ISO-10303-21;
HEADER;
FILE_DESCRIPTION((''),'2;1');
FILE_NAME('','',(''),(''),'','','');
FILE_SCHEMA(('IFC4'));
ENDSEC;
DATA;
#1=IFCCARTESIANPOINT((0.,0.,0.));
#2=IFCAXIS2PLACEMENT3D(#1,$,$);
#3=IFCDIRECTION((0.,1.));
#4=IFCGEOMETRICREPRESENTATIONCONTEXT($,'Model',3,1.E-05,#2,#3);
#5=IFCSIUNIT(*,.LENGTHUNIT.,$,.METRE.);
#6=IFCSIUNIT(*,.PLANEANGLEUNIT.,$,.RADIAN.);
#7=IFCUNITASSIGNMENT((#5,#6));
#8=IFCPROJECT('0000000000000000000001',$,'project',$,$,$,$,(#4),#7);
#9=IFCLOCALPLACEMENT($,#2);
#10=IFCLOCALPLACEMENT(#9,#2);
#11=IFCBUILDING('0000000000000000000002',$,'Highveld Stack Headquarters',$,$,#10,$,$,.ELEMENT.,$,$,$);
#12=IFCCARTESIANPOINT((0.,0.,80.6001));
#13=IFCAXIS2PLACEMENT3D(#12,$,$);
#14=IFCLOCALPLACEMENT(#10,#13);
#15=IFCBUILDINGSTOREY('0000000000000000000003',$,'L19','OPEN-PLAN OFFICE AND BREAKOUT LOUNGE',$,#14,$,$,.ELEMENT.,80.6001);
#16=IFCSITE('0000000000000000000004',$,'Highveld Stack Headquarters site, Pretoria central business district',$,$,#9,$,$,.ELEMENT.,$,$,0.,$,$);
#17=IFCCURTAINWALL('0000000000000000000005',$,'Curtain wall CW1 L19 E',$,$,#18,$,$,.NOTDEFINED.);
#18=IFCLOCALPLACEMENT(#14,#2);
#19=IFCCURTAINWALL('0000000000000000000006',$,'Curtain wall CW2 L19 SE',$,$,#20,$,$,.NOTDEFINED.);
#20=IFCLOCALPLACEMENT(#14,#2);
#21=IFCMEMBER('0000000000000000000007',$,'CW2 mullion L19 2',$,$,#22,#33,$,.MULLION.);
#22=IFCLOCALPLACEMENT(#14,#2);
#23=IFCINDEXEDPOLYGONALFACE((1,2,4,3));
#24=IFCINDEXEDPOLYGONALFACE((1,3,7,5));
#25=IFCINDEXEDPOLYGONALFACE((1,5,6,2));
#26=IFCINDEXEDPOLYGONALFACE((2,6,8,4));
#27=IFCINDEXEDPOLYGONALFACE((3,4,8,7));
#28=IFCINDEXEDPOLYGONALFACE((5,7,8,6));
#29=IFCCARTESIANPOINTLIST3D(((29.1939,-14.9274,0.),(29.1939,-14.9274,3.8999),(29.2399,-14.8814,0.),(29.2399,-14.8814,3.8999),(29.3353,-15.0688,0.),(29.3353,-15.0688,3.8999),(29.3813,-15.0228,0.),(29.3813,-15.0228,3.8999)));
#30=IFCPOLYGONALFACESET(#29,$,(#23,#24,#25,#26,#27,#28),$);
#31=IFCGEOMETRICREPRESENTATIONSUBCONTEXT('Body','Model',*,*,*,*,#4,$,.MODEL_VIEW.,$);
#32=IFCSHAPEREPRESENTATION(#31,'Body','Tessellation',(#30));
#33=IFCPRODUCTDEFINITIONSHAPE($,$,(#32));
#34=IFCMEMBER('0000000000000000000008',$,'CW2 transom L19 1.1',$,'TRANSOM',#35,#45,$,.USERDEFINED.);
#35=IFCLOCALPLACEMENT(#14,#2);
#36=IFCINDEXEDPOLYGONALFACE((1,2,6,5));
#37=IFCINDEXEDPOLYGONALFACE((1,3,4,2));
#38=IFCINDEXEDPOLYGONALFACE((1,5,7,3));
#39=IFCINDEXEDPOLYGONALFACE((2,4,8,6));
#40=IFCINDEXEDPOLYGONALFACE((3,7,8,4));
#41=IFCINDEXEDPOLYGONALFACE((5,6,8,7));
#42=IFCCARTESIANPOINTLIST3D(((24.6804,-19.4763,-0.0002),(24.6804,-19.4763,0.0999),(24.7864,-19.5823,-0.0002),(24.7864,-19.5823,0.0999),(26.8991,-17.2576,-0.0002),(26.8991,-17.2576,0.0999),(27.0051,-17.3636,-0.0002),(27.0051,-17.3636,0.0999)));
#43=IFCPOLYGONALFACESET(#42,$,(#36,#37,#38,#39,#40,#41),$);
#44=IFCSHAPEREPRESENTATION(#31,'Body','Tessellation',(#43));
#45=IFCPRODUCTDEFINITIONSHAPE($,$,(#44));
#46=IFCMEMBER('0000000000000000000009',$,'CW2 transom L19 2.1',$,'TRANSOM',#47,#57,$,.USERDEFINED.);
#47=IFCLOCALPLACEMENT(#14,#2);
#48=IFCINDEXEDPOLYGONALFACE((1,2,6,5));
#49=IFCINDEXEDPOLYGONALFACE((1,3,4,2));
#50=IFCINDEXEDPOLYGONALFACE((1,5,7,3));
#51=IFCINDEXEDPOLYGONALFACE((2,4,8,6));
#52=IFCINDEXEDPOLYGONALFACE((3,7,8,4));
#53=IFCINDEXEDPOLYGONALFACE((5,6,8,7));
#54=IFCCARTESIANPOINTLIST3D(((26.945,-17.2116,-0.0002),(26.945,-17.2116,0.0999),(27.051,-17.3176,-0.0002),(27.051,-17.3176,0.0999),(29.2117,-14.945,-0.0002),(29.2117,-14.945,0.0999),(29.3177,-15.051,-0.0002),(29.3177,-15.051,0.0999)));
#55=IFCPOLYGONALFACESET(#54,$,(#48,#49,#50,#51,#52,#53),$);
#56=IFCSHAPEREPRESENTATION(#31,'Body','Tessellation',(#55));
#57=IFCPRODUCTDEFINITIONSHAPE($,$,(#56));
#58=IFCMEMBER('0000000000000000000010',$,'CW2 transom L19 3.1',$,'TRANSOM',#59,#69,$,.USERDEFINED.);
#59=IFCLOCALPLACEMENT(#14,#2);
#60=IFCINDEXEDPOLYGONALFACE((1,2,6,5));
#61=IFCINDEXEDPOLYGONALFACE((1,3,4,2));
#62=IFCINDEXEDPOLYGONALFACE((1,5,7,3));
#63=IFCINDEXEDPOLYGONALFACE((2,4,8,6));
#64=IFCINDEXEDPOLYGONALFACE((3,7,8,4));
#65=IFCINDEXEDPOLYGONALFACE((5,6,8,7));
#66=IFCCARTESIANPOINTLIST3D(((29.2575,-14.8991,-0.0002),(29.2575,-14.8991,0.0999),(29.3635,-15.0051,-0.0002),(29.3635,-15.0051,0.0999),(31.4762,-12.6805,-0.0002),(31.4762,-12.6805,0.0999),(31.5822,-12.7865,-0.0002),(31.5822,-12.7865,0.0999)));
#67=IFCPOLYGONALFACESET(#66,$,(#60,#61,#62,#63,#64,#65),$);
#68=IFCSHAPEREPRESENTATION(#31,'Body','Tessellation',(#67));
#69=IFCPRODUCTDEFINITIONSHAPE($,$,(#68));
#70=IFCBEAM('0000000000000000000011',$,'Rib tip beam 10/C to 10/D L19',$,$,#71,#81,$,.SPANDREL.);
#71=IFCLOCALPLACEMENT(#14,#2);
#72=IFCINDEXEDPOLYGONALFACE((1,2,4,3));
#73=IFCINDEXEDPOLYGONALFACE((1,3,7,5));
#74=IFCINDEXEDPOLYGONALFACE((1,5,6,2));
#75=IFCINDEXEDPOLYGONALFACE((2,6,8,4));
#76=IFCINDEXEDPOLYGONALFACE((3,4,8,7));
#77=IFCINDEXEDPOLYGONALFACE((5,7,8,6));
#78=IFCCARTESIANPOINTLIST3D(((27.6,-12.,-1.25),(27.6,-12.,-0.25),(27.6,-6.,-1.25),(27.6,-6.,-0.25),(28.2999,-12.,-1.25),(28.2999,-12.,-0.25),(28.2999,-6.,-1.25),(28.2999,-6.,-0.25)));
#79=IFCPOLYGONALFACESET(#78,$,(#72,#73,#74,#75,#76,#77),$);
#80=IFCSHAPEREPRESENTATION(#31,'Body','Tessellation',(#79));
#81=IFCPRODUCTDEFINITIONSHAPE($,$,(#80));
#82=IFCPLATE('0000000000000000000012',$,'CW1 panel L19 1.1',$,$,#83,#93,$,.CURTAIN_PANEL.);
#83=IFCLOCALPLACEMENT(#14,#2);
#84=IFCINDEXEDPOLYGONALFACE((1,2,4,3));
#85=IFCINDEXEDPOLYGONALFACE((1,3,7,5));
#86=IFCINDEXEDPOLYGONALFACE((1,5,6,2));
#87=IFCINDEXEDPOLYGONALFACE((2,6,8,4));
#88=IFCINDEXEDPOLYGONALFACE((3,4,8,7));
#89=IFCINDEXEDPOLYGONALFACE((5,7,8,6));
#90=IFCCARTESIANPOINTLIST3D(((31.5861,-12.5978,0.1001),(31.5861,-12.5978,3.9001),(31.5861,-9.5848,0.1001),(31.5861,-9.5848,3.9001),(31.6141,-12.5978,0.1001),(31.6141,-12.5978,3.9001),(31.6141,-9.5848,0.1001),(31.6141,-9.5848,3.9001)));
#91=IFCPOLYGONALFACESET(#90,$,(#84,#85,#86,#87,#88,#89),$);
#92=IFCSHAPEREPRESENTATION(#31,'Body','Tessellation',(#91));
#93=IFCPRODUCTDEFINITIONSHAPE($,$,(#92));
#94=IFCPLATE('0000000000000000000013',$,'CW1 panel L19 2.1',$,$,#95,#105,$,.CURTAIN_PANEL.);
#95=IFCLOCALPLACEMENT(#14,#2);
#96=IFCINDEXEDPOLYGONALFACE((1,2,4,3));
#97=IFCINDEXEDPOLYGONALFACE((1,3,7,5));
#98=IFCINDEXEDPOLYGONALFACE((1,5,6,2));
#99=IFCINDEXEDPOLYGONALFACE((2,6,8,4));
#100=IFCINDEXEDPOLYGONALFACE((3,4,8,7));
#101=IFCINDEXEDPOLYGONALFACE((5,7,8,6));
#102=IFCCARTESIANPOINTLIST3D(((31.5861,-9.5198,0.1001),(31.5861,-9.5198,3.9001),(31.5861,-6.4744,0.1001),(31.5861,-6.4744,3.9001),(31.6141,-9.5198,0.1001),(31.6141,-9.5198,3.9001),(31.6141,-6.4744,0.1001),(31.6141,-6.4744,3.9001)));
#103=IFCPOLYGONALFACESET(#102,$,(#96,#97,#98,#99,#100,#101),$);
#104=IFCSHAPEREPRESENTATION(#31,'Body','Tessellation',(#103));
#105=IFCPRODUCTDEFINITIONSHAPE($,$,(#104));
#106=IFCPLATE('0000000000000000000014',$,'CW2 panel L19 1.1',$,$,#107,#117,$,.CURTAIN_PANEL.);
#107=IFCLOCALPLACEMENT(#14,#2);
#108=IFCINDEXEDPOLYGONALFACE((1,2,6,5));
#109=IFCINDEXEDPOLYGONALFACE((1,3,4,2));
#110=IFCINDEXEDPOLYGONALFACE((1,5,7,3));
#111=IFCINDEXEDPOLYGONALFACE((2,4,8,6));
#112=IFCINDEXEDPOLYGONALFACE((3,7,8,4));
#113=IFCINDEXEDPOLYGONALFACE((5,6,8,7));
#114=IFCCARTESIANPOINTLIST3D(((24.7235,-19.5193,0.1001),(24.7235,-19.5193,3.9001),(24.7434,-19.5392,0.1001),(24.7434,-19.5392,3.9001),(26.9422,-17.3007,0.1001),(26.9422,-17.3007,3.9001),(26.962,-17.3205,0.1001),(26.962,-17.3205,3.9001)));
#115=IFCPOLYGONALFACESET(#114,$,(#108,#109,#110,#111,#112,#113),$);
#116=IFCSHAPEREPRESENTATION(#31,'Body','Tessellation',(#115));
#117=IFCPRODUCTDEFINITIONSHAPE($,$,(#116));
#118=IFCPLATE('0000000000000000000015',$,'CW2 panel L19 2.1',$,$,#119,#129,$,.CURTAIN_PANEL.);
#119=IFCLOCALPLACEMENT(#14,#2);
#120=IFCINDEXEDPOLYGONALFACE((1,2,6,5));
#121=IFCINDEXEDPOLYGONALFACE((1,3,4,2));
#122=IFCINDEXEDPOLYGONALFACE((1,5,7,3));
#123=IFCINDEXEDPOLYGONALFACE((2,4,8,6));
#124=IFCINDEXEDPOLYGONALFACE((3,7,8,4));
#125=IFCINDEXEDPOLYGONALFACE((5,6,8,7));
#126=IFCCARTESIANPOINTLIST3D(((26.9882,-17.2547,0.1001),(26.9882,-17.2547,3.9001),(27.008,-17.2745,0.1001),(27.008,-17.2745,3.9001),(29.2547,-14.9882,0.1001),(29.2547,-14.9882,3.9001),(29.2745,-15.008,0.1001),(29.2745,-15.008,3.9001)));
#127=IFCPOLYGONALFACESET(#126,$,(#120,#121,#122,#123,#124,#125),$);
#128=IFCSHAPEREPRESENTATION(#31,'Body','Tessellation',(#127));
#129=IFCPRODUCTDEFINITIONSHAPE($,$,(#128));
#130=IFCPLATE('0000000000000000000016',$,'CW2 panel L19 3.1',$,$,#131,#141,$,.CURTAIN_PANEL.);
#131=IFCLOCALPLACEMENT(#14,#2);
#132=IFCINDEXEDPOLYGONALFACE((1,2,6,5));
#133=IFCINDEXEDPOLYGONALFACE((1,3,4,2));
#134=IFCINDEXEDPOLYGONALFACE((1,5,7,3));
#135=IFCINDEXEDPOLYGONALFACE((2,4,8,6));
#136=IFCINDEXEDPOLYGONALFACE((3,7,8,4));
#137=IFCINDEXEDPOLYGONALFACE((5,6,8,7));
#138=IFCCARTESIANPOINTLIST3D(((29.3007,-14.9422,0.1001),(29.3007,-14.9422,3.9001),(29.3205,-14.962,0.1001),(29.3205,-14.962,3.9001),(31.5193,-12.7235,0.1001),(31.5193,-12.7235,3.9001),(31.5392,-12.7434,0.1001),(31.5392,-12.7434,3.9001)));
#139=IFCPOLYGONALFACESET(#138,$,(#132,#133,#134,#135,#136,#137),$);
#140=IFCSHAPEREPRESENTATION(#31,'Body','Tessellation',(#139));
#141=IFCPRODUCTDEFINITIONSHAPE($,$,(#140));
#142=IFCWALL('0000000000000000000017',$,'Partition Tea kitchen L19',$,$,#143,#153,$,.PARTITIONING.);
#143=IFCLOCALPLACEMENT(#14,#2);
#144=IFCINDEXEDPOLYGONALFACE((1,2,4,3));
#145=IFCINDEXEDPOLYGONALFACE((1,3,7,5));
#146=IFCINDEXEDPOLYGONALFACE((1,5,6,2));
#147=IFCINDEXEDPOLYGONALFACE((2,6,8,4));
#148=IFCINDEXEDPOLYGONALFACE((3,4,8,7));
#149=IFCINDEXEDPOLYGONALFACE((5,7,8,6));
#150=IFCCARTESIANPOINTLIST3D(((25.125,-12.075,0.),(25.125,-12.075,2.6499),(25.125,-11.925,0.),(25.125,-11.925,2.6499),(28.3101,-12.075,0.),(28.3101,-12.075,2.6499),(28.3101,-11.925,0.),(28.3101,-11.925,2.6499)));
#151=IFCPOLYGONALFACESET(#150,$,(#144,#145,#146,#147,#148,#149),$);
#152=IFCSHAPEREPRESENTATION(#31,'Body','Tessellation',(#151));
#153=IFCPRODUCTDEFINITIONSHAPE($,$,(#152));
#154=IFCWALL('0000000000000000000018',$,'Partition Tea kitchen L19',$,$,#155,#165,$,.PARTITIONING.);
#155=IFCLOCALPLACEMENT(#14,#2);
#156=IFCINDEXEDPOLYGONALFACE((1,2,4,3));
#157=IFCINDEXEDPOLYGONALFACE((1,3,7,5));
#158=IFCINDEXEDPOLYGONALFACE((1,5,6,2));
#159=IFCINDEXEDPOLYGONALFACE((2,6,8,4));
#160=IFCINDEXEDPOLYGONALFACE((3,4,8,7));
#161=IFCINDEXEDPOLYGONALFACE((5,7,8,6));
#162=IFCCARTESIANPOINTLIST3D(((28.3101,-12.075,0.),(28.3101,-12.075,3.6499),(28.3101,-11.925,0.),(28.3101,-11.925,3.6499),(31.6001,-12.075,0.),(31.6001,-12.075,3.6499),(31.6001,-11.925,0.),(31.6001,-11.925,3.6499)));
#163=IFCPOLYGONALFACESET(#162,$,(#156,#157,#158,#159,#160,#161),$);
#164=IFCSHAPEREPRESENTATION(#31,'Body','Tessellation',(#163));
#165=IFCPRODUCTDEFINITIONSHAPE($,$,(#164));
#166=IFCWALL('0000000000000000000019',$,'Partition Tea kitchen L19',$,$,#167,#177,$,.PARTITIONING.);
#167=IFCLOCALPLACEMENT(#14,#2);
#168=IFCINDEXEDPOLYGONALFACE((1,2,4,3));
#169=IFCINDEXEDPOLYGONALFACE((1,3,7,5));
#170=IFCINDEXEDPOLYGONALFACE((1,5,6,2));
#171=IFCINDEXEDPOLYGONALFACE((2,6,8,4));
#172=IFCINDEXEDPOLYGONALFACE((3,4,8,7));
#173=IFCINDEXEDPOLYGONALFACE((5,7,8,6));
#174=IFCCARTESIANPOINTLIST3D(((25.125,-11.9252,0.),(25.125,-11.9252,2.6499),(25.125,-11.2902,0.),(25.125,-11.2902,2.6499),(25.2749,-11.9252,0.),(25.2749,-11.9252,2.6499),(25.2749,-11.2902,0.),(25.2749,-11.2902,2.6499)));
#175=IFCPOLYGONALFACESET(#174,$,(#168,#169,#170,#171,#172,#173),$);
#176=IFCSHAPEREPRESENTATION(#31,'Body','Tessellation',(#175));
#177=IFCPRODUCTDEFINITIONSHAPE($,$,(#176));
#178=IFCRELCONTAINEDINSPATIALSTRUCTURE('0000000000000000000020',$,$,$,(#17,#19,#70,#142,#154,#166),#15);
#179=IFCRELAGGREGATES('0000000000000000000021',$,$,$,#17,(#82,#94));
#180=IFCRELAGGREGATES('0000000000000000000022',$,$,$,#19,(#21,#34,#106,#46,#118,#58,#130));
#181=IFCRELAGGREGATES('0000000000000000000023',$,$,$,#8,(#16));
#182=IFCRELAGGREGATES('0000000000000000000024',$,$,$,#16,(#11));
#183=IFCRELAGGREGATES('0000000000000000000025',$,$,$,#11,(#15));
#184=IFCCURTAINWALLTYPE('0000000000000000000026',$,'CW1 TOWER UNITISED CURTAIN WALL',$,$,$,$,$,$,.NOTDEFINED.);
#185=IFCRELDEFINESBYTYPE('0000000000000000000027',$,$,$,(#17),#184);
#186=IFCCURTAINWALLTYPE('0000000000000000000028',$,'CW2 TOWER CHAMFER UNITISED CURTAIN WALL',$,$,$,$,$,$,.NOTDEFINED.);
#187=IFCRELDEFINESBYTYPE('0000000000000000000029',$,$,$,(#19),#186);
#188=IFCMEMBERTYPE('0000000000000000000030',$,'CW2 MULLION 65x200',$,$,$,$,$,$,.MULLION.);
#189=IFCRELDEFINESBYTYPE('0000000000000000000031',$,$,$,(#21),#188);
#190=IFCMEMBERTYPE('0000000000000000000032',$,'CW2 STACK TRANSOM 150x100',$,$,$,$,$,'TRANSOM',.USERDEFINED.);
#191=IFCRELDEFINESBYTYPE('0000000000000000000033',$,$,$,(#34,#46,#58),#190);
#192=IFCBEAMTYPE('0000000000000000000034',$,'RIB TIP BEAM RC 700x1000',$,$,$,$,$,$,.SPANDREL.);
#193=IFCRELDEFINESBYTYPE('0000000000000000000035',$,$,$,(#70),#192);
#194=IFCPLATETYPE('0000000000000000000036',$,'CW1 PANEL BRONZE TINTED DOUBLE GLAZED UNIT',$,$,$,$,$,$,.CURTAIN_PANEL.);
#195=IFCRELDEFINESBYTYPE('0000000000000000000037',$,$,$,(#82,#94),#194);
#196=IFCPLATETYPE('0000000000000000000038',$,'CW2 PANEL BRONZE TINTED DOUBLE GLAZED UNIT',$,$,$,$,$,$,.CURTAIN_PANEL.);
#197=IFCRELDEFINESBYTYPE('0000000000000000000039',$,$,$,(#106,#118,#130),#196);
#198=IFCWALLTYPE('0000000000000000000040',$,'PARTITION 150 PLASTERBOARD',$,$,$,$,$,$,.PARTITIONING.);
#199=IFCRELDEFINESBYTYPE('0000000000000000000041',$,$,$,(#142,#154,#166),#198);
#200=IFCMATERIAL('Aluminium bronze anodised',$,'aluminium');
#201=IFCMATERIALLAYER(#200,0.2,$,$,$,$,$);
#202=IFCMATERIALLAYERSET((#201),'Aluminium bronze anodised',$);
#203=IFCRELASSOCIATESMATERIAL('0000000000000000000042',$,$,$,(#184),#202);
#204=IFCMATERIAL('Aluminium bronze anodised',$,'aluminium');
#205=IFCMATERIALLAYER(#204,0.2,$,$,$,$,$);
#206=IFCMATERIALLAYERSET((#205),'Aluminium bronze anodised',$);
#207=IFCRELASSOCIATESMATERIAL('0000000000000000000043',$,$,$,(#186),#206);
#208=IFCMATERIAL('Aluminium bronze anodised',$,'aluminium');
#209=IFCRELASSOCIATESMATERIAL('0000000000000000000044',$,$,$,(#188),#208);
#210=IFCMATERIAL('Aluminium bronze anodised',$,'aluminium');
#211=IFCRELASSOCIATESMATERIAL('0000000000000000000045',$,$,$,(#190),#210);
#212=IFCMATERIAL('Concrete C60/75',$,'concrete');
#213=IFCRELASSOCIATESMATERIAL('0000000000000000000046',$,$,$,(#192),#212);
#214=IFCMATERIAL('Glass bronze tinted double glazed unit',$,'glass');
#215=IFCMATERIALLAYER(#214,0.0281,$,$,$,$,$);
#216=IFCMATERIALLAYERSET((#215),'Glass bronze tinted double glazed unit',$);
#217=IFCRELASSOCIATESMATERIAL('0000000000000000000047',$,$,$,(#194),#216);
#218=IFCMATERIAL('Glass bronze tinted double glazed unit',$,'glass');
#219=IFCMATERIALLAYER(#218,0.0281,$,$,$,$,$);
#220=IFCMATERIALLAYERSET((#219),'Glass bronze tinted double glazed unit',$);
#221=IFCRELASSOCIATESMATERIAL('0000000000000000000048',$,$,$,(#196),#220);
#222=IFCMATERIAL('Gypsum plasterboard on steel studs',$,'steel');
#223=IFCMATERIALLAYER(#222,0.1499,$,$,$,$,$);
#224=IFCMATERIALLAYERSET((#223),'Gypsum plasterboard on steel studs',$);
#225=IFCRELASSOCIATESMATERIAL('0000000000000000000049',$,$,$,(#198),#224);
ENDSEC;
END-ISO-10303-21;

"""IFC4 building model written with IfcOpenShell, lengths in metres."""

from ifc_helpers import new_model, si_unit, direction, frame, frame_2d, origin, origin_2d, place, context, subcontext, project, spatial, rectangle, extrude, material, layer, layer_set, material_profile, profile_set, type_object, element, aggregate, save


model = new_model("IFC4")

# Units and contexts
model_context = context("Model", 3, precision=1e-05, world=origin(), true_north=direction((0.0, 1.0)))
body_context = subcontext(model_context, "Body", "Model", "MODEL_VIEW")
ifc_project = project(units=[si_unit("LENGTHUNIT", "METRE"), si_unit("PLANEANGLEUNIT", "RADIAN")], contexts=[model_context])

# Site, building, storey
site_placement = place(None, origin())
site = spatial("IfcSite", under=ifc_project, at=site_placement, Name="Highveld Stack Headquarters site, Pretoria central business district", CompositionType="ELEMENT", RefElevation=0.0)
building_placement = place(site_placement, origin())
building = spatial("IfcBuilding", under=site, at=building_placement, Name="Highveld Stack Headquarters", CompositionType="ELEMENT")
storey_placement = place(building_placement, frame((0.0, 0.0, 80.6001)))
storey = spatial("IfcBuildingStorey", under=building, at=storey_placement, Name="L19", Description="OPEN-PLAN OFFICE AND BREAKOUT LOUNGE", CompositionType="ELEMENT", Elevation=80.6001)

# Shared definitions
ifc_material_1 = material(Name="Aluminium bronze anodised", Category="aluminium")
ifc_layer_1 = layer(ifc_material_1, 0.2)
ifc_layer_set_1 = layer_set([ifc_layer_1], Name="Aluminium bronze anodised")
curtain_wall_type_1 = type_object("IfcCurtainWallType", Name="CW1 TOWER UNITISED CURTAIN WALL", PredefinedType="NOTDEFINED", material=ifc_layer_set_1)

# Curtain wall
curtain_wall_1_placement = place(storey_placement, origin())
curtain_wall_1 = element("IfcCurtainWall", 1, at=curtain_wall_1_placement, inside=storey, type_object=curtain_wall_type_1, Name="Curtain wall CW1 L19 E", PredefinedType="NOTDEFINED")

# Curtain wall, members
ifc_material_2 = material(Name="Aluminium bronze anodised", Category="aluminium")
ifc_layer_2 = layer(ifc_material_2, 0.2)
ifc_layer_set_2 = layer_set([ifc_layer_2], Name="Aluminium bronze anodised")
curtain_wall_type_2 = type_object("IfcCurtainWallType", Name="CW2 TOWER CHAMFER UNITISED CURTAIN WALL", PredefinedType="NOTDEFINED", material=ifc_layer_set_2)
curtain_wall_2_placement = place(storey_placement, origin())
curtain_wall_2 = element("IfcCurtainWall", 2, at=curtain_wall_2_placement, inside=storey, type_object=curtain_wall_type_2, Name="Curtain wall CW2 L19 SE", PredefinedType="NOTDEFINED")
ifc_material_3 = material(Name="Aluminium bronze anodised", Category="aluminium")
ifc_material_profile_1 = material_profile(ifc_material_3, rectangle(XDim=0.2, YDim=0.0649, at=origin_2d()), Name="CW2 MULLION 65x200")
ifc_profile_set_1 = profile_set([ifc_material_profile_1], Name="Aluminium bronze anodised")
member_type_1 = type_object("IfcMemberType", Name="CW2 MULLION 65x200", PredefinedType="MULLION", material=ifc_profile_set_1)
member_1_placement = place(storey_placement, frame((29.2876, -14.9751, 0.0), z_axis=(0.0, 0.0, 1.0), x_axis=(-0.707107, 0.707107, 0.0)))
member_1 = element("IfcMember", 3, at=member_1_placement, type_object=member_type_1, Name="CW2 mullion L19 2", PredefinedType="MULLION", context=body_context, shape_type="SweptSolid", body=[
    extrude(rectangle(XDim=0.2, YDim=0.0649, at=origin_2d()), origin(), (0.0, 0.0, 1.0), 3.8999),
])
ifc_material_4 = material(Name="Aluminium bronze anodised", Category="aluminium")
ifc_material_profile_2 = material_profile(ifc_material_4, rectangle(XDim=0.1499, YDim=0.1001, at=origin_2d()), Name="CW2 TRANSOM 150x100")
ifc_profile_set_2 = profile_set([ifc_material_profile_2], Name="Aluminium bronze anodised")
member_type_2 = type_object("IfcMemberType", Name="CW2 STACK TRANSOM 150x100", ElementType="TRANSOM", PredefinedType="USERDEFINED", material=ifc_profile_set_2)
member_2_placement = place(storey_placement, frame((24.7334, -19.5293, 0.0498), z_axis=(0.707107, 0.707107, 0.0), x_axis=(-0.707107, 0.707107, 0.0)))
member_2 = element("IfcMember", 4, at=member_2_placement, type_object=member_type_2, Name="CW2 transom L19 1.1", ObjectType="TRANSOM", PredefinedType="USERDEFINED", context=body_context, shape_type="SweptSolid", body=[
    extrude(rectangle(XDim=0.1499, YDim=0.1001, at=origin_2d()), origin(), (0.0, 0.0, 1.0), 3.1377),
])
member_3_placement = place(storey_placement, frame((26.998, -17.2646, 0.0498), z_axis=(0.707107, 0.707107, 0.0), x_axis=(-0.707107, 0.707107, 0.0)))
member_3 = element("IfcMember", 5, at=member_3_placement, type_object=member_type_2, Name="CW2 transom L19 2.1", ObjectType="TRANSOM", PredefinedType="USERDEFINED", context=body_context, shape_type="SweptSolid", body=[
    extrude(rectangle(XDim=0.1499, YDim=0.1001, at=origin_2d()), origin(), (0.0, 0.0, 1.0), 3.2056),
])
member_4_placement = place(storey_placement, frame((29.3105, -14.9521, 0.0498), z_axis=(0.707107, 0.707107, 0.0), x_axis=(-0.707107, 0.707107, 0.0)))
member_4 = element("IfcMember", 6, at=member_4_placement, type_object=member_type_2, Name="CW2 transom L19 3.1", ObjectType="TRANSOM", PredefinedType="USERDEFINED", context=body_context, shape_type="SweptSolid", body=[
    extrude(rectangle(XDim=0.1499, YDim=0.1001, at=origin_2d()), origin(), (0.0, 0.0, 1.0), 3.1377),
])

# Beam
ifc_material_5 = material(Name="Concrete C60/75", Category="concrete")
ifc_material_profile_3 = material_profile(ifc_material_5, rectangle(XDim=0.7, YDim=1.0, at=origin_2d()), Name="RC 700x1000")
ifc_profile_set_3 = profile_set([ifc_material_profile_3], Name="Concrete C60/75")
beam_type = type_object("IfcBeamType", Name="RIB TIP BEAM RC 700x1000", PredefinedType="SPANDREL", material=ifc_profile_set_3)
beam_placement = place(storey_placement, frame((27.95, -12.0, -0.75), z_axis=(0.0, 1.0, 0.0), x_axis=(-1.0, 0.0, 0.0)))
element("IfcBeam", 7, at=beam_placement, inside=storey, type_object=beam_type, Name="Rib tip beam 10/C to 10/D L19", PredefinedType="SPANDREL", context=body_context, shape_type="SweptSolid", body=[
    extrude(rectangle(XDim=0.7, YDim=1.0, at=origin_2d()), origin(), (0.0, 0.0, 1.0), 6.0),
])

# Plates
ifc_material_6 = material(Name="Glass bronze tinted double glazed unit", Category="glass")
ifc_layer_3 = layer(ifc_material_6, 0.0281)
ifc_layer_set_3 = layer_set([ifc_layer_3], Name="Glass bronze tinted double glazed unit")
plate_type_1 = type_object("IfcPlateType", Name="CW1 PANEL BRONZE TINTED DOUBLE GLAZED UNIT", PredefinedType="CURTAIN_PANEL", material=ifc_layer_set_3)
plate_1_placement = place(storey_placement, frame((31.6001, -11.0913, 0.1001), z_axis=(0.0, 0.0, 1.0), x_axis=(0.0, 1.0, 0.0)))
plate_1 = element("IfcPlate", 8, at=plate_1_placement, type_object=plate_type_1, Name="CW1 panel L19 1.1", PredefinedType="CURTAIN_PANEL", context=body_context, shape_type="SweptSolid", body=[
    extrude(rectangle(XDim=3.0129, YDim=0.0281, at=origin_2d()), origin(), (0.0, 0.0, 1.0), 3.8),
])
plate_2_placement = place(storey_placement, frame((31.6001, -7.9971, 0.1001), z_axis=(0.0, 0.0, 1.0), x_axis=(0.0, 1.0, 0.0)))
plate_2 = element("IfcPlate", 9, at=plate_2_placement, type_object=plate_type_1, Name="CW1 panel L19 2.1", PredefinedType="CURTAIN_PANEL", context=body_context, shape_type="SweptSolid", body=[
    extrude(rectangle(XDim=3.0454, YDim=0.0281, at=origin_2d()), origin(), (0.0, 0.0, 1.0), 3.8),
])
aggregate(curtain_wall_1, [plate_1, plate_2])
ifc_material_7 = material(Name="Glass bronze tinted double glazed unit", Category="glass")
ifc_layer_4 = layer(ifc_material_7, 0.0281)
ifc_layer_set_4 = layer_set([ifc_layer_4], Name="Glass bronze tinted double glazed unit")
plate_type_2 = type_object("IfcPlateType", Name="CW2 PANEL BRONZE TINTED DOUBLE GLAZED UNIT", PredefinedType="CURTAIN_PANEL", material=ifc_layer_set_4)
plate_3_placement = place(storey_placement, frame((25.8428, -18.4199, 0.1001), z_axis=(0.0, 0.0, 1.0), x_axis=(0.707107, 0.707107, 0.0)))
plate_3 = element("IfcPlate", 10, at=plate_3_placement, type_object=plate_type_2, Name="CW2 panel L19 1.1", PredefinedType="CURTAIN_PANEL", context=body_context, shape_type="SweptSolid", body=[
    extrude(rectangle(XDim=3.1377, YDim=0.0281, at=origin_2d()), origin(), (0.0, 0.0, 1.0), 3.8),
])
plate_4_placement = place(storey_placement, frame((28.1313, -16.1313, 0.1001), z_axis=(0.0, 0.0, 1.0), x_axis=(0.707107, 0.707107, 0.0)))
plate_4 = element("IfcPlate", 11, at=plate_4_placement, type_object=plate_type_2, Name="CW2 panel L19 2.1", PredefinedType="CURTAIN_PANEL", context=body_context, shape_type="SweptSolid", body=[
    extrude(rectangle(XDim=3.2053, YDim=0.0281, at=origin_2d()), origin(), (0.0, 0.0, 1.0), 3.8),
])
plate_5_placement = place(storey_placement, frame((30.4199, -13.8428, 0.1001), z_axis=(0.0, 0.0, 1.0), x_axis=(0.707107, 0.707107, 0.0)))
plate_5 = element("IfcPlate", 12, at=plate_5_placement, type_object=plate_type_2, Name="CW2 panel L19 3.1", PredefinedType="CURTAIN_PANEL", context=body_context, shape_type="SweptSolid", body=[
    extrude(rectangle(XDim=3.1377, YDim=0.0281, at=origin_2d()), origin(), (0.0, 0.0, 1.0), 3.8),
])
aggregate(curtain_wall_2, [member_1, member_2, plate_3, member_3, plate_4, member_4, plate_5])

# Walls
ifc_material_8 = material(Name="Gypsum plasterboard on steel studs", Category="steel")
ifc_layer_5 = layer(ifc_material_8, 0.1499)
ifc_layer_set_5 = layer_set([ifc_layer_5], Name="Gypsum plasterboard on steel studs")
wall_type = type_object("IfcWallType", Name="PARTITION 150 PLASTERBOARD", PredefinedType="PARTITIONING", material=ifc_layer_set_5)
wall_1_placement = place(storey_placement, frame((25.125, -12.0, 0.0), z_axis=(0.0, 0.0, 1.0), x_axis=(1.0, 0.0, 0.0)))
element("IfcWall", 13, at=wall_1_placement, inside=storey, type_object=wall_type, Name="Partition Tea kitchen L19", PredefinedType="PARTITIONING", context=body_context, shape_type="SweptSolid", body=[
    extrude(rectangle(XDim=3.1851, YDim=0.1499, at=frame_2d((1.5925, 0.0))), origin(), (0.0, 0.0, 1.0), 2.6499),
])
wall_2_placement = place(storey_placement, frame((28.3101, -12.0, 0.0), z_axis=(0.0, 0.0, 1.0), x_axis=(1.0, 0.0, 0.0)))
element("IfcWall", 14, at=wall_2_placement, inside=storey, type_object=wall_type, Name="Partition Tea kitchen L19", PredefinedType="PARTITIONING", context=body_context, shape_type="SweptSolid", body=[
    extrude(rectangle(XDim=3.29, YDim=0.1499, at=frame_2d((1.645, 0.0))), origin(), (0.0, 0.0, 1.0), 3.6499),
])
wall_3_placement = place(storey_placement, frame((25.2, -11.925, 0.0), z_axis=(0.0, 0.0, 1.0), x_axis=(0.0, 1.0, 0.0)))
element("IfcWall", 15, at=wall_3_placement, inside=storey, type_object=wall_type, Name="Partition Tea kitchen L19", PredefinedType="PARTITIONING", context=body_context, shape_type="SweptSolid", body=[
    extrude(rectangle(XDim=0.635, YDim=0.1499, at=frame_2d((0.3174, 0.0))), origin(), (0.0, 0.0, 1.0), 2.6499),
])

save(model, "model.ifc")
